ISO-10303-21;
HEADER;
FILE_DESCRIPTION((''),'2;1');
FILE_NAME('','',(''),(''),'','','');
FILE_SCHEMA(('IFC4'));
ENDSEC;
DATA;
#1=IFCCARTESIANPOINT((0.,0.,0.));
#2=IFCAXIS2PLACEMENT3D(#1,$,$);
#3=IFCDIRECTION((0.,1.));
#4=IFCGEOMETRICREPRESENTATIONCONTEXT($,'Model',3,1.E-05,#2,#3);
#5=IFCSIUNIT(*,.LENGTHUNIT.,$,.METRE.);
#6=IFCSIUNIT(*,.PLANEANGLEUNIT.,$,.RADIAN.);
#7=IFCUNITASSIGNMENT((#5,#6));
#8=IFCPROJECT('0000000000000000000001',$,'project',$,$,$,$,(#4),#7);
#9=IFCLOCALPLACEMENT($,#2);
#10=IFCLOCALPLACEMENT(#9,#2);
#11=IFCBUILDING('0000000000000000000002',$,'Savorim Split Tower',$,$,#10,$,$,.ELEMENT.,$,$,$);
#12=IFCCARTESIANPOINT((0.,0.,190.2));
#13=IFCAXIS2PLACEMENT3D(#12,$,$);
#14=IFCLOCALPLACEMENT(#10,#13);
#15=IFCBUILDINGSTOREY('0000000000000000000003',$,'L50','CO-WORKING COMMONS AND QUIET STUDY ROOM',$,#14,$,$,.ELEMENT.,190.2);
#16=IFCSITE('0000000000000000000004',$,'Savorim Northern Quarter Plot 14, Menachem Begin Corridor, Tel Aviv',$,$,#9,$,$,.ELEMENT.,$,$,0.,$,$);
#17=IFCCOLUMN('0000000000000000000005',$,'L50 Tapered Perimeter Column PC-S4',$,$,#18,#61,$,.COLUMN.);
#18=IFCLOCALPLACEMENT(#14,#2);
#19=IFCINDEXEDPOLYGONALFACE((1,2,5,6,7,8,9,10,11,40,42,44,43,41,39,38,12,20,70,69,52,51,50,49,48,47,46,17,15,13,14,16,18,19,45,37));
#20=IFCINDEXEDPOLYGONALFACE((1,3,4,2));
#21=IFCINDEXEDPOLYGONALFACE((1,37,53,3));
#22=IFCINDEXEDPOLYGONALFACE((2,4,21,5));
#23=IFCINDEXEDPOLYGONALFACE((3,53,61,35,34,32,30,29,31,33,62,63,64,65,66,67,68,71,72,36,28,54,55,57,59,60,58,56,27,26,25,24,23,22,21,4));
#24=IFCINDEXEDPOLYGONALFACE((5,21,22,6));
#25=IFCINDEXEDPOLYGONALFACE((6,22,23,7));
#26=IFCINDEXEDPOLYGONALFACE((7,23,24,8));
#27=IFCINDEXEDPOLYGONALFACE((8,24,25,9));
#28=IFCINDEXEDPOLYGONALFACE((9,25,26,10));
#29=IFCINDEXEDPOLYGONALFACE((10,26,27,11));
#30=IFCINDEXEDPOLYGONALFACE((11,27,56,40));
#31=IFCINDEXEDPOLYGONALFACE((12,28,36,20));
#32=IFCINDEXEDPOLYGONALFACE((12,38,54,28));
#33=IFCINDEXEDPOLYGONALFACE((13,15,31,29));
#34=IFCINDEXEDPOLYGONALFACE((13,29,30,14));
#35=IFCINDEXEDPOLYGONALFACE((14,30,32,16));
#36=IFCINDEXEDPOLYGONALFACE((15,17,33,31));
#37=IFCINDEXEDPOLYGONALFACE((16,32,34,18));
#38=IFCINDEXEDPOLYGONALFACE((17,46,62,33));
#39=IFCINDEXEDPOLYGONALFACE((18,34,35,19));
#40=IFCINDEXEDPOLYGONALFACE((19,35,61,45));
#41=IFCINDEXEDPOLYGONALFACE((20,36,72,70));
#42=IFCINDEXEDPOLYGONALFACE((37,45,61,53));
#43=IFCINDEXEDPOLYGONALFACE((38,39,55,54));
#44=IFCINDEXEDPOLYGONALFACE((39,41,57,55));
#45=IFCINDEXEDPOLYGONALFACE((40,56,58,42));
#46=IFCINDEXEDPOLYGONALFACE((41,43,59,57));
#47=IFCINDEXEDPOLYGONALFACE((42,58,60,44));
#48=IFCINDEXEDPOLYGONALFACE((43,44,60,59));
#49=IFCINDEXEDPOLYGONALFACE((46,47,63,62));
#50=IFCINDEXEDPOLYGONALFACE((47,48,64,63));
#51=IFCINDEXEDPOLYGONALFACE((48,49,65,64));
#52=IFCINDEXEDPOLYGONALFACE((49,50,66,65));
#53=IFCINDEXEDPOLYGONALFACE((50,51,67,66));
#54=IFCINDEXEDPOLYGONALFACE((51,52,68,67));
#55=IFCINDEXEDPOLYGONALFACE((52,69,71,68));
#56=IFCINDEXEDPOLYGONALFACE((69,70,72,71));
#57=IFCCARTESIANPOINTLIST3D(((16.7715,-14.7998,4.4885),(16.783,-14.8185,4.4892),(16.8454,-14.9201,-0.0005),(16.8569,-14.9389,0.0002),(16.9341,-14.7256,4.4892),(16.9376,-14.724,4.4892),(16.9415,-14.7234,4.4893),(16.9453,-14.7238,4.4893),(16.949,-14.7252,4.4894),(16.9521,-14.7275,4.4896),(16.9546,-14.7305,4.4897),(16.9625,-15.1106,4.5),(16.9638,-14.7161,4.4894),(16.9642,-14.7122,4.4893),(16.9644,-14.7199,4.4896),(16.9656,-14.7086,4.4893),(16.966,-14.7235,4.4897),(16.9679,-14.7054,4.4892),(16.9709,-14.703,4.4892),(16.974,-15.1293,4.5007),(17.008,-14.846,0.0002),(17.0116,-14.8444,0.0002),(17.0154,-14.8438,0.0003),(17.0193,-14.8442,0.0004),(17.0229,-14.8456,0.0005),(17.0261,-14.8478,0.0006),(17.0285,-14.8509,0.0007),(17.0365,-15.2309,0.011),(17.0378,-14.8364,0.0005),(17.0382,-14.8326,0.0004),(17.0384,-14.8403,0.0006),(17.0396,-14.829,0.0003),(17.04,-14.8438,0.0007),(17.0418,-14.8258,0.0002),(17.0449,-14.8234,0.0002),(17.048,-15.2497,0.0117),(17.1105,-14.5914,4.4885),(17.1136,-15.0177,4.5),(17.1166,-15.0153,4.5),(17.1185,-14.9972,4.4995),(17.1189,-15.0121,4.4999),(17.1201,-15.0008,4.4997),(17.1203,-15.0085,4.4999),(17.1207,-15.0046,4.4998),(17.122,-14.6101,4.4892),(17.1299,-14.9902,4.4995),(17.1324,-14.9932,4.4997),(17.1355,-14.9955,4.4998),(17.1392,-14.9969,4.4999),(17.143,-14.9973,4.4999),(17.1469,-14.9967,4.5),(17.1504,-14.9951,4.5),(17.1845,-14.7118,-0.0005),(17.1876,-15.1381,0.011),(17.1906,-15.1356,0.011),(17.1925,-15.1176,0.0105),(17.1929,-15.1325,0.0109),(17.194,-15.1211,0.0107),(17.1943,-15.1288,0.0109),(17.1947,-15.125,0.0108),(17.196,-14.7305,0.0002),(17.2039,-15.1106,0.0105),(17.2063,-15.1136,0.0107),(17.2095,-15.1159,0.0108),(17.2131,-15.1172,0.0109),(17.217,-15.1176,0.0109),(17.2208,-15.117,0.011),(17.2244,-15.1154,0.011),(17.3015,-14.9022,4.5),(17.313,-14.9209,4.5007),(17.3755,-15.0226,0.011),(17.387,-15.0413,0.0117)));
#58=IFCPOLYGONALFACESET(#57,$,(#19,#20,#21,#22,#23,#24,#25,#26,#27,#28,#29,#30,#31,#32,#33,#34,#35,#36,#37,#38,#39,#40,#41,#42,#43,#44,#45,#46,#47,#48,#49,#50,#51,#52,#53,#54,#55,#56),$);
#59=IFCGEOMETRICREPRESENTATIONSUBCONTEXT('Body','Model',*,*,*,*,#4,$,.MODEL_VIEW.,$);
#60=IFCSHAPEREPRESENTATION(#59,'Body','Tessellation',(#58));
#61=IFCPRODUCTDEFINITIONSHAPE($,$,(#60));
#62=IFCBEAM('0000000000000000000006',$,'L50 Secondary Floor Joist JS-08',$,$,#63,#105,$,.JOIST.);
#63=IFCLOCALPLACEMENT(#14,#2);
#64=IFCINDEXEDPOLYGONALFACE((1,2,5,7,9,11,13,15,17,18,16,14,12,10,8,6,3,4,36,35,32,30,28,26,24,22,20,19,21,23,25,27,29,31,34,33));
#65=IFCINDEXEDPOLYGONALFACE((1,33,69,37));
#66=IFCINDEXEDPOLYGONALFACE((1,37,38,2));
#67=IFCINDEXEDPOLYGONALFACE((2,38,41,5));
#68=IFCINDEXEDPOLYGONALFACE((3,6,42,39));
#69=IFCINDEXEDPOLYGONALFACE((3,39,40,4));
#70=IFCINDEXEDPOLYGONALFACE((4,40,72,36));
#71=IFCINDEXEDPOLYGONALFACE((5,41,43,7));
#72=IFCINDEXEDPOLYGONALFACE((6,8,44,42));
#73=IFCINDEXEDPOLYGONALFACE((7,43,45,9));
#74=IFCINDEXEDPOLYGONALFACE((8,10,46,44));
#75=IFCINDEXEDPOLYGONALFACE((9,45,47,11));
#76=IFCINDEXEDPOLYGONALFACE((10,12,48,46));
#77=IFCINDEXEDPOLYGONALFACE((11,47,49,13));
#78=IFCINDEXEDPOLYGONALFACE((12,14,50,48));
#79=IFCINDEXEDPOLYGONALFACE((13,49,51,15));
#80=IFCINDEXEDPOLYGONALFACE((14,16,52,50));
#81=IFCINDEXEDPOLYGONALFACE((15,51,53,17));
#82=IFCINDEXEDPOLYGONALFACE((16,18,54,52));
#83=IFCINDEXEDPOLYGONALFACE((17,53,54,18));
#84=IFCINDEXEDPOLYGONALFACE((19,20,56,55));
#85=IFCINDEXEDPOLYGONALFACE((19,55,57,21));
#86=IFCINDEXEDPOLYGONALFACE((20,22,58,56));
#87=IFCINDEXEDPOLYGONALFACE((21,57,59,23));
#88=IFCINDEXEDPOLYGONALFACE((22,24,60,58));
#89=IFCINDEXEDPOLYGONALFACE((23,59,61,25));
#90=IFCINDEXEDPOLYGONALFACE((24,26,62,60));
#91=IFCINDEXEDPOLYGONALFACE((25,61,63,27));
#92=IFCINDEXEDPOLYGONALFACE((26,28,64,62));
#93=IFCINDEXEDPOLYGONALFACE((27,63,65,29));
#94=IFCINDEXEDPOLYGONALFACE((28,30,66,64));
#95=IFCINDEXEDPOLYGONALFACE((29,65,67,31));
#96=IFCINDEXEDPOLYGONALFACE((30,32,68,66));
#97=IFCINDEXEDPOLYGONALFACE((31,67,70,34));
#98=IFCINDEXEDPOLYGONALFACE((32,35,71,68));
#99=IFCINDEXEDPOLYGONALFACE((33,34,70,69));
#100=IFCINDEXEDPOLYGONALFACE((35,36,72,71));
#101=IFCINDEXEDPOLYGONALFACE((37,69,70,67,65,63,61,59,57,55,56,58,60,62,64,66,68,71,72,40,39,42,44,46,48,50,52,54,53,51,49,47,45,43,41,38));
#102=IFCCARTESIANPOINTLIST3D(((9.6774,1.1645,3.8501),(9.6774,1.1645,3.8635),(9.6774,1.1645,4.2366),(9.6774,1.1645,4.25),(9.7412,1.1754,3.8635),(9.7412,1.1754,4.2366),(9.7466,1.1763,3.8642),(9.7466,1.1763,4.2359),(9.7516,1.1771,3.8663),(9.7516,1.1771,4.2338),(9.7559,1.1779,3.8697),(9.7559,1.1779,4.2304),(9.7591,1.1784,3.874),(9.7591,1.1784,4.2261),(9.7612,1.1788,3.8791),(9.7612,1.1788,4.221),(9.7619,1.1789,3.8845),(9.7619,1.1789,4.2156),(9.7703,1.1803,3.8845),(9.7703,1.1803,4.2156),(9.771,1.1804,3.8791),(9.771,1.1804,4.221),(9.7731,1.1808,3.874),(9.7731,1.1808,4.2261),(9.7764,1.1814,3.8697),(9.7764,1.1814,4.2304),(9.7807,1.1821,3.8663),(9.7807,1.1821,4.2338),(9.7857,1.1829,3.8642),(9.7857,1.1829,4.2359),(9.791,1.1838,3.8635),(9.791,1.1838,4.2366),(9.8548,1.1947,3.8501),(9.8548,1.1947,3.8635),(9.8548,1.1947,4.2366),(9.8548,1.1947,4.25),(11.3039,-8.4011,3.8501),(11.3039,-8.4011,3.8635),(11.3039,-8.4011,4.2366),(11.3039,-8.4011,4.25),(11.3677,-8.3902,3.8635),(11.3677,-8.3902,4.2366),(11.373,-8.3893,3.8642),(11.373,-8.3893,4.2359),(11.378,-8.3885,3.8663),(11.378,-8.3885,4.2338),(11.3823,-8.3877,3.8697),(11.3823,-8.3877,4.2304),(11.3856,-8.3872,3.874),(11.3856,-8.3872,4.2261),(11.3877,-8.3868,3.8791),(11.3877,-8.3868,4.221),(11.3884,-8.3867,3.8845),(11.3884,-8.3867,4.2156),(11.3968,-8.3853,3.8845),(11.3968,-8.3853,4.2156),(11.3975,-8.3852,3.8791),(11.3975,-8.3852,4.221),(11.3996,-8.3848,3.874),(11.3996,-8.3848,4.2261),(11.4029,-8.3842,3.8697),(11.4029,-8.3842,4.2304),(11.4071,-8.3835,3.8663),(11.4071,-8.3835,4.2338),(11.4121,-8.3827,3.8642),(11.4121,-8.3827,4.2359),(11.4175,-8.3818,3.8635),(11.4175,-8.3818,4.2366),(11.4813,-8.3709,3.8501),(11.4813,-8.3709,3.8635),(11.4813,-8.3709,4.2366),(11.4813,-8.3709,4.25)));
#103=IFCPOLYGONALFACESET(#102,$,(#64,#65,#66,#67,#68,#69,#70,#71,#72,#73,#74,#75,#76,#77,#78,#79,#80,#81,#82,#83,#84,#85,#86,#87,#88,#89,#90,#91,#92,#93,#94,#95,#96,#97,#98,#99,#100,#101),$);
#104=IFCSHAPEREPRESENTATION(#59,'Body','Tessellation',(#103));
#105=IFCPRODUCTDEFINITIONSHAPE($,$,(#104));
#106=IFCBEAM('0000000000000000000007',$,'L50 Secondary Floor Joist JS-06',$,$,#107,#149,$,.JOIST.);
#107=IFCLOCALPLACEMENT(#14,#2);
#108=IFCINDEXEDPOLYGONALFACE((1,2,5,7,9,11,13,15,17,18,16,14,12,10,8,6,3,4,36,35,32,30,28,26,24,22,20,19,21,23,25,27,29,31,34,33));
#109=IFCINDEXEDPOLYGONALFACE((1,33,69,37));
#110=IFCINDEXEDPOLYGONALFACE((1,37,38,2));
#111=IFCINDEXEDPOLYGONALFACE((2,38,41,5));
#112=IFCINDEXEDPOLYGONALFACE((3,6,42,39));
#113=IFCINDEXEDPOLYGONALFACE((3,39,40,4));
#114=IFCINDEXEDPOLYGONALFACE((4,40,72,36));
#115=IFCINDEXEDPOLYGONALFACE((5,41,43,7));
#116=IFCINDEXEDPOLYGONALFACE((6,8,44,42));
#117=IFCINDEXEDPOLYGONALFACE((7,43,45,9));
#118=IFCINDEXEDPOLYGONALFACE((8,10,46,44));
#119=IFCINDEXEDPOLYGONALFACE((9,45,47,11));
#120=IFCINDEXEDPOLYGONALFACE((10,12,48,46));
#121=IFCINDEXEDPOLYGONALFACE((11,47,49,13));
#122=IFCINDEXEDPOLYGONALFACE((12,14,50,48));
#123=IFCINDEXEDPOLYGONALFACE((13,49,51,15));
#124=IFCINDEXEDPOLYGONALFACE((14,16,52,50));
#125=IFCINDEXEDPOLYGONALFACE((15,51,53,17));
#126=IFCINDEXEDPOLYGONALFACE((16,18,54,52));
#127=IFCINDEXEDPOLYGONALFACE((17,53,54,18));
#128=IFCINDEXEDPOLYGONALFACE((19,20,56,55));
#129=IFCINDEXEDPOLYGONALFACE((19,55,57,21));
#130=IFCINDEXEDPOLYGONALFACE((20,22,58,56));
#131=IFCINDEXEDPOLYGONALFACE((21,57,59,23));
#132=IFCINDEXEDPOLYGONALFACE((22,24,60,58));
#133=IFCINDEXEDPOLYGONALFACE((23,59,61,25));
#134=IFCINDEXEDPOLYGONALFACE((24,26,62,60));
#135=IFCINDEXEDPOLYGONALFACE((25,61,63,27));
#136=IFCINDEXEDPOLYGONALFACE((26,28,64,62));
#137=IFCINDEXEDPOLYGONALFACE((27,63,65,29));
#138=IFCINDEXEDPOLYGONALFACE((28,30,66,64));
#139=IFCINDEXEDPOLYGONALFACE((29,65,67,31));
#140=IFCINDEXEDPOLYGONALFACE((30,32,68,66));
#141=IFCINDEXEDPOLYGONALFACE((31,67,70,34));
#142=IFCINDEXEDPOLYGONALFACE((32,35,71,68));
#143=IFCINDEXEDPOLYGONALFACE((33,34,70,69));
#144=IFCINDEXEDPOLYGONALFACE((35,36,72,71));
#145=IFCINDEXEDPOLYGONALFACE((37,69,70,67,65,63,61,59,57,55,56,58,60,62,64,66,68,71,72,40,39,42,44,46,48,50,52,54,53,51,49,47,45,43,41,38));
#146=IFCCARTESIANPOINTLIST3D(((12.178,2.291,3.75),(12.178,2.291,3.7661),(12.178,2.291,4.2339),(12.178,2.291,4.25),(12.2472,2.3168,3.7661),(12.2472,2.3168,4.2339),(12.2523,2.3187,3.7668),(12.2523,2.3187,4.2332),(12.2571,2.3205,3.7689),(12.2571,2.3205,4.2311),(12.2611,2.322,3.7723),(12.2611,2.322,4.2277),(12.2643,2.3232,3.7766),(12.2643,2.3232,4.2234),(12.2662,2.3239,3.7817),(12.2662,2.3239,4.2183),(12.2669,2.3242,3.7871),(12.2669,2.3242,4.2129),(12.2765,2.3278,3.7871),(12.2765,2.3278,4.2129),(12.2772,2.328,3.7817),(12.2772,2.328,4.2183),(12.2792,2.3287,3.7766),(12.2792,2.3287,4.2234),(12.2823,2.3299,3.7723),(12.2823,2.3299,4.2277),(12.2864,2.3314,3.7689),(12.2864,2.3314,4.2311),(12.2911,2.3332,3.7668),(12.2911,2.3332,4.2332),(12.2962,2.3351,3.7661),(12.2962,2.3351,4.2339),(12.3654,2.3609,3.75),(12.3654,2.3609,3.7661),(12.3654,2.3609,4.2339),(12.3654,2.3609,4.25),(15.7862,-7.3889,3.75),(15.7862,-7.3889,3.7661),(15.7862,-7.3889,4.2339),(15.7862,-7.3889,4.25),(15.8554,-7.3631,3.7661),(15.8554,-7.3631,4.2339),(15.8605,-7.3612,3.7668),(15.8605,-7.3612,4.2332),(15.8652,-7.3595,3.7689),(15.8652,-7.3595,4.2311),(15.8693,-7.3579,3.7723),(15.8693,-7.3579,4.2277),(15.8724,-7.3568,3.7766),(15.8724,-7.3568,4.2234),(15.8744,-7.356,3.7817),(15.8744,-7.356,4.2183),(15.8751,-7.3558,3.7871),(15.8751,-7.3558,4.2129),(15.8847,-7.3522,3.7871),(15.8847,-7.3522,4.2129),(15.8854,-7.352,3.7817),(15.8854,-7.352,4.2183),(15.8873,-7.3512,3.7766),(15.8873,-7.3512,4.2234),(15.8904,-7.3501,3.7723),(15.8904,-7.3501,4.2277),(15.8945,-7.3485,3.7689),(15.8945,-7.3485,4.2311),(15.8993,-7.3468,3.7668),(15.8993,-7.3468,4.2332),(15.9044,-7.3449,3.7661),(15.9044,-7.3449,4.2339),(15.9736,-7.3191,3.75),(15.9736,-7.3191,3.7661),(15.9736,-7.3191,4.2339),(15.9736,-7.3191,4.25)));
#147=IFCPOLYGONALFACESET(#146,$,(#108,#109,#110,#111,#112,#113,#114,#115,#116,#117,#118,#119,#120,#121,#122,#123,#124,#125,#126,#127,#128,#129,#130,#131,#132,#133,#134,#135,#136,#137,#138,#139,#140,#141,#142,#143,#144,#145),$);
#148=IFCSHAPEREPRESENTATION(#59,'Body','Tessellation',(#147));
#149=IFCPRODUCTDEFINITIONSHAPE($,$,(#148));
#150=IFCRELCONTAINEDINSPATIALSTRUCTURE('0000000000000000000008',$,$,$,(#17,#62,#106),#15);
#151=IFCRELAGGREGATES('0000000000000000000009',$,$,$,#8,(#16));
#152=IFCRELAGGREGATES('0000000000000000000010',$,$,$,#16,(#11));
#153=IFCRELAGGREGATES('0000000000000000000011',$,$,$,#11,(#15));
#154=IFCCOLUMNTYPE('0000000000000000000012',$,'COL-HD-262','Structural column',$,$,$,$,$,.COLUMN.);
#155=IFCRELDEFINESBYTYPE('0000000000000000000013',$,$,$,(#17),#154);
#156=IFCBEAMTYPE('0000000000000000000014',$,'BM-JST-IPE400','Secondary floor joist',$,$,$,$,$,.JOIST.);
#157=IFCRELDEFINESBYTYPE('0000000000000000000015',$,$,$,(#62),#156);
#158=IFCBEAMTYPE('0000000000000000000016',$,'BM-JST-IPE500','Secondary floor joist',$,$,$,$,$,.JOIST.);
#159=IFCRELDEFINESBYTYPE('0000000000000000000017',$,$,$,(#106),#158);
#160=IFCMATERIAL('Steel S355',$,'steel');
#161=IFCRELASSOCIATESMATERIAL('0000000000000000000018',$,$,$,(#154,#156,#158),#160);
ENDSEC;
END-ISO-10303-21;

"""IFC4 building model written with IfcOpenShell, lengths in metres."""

from ifc_helpers import new_model, si_unit, direction, frame, origin, origin_2d, place, context, subcontext, project, spatial, i_section, extrude, material, material_profile, profile_set, type_object, element, save


model = new_model("IFC4")

# Units and contexts
model_context = context("Model", 3, precision=1e-05, world=origin(), true_north=direction((0.0, 1.0)))
body_context = subcontext(model_context, "Body", "Model", "MODEL_VIEW")
ifc_project = project(units=[si_unit("LENGTHUNIT", "METRE"), si_unit("PLANEANGLEUNIT", "RADIAN")], contexts=[model_context])

# Site, building, storey
site_placement = place(None, origin())
site = spatial("IfcSite", under=ifc_project, at=site_placement, Name="Savorim Northern Quarter Plot 14, Menachem Begin Corridor, Tel Aviv", CompositionType="ELEMENT", RefElevation=0.0)
building_placement = place(site_placement, origin())
building = spatial("IfcBuilding", under=site, at=building_placement, Name="Savorim Split Tower", CompositionType="ELEMENT")
storey_placement = place(building_placement, frame((0.0, 0.0, 190.2)))
storey = spatial("IfcBuildingStorey", under=building, at=storey_placement, Name="L50", Description="CO-WORKING COMMONS AND QUIET STUDY ROOM", CompositionType="ELEMENT", Elevation=190.2)

# Column
ifc_material_1 = material(Name="Steel S355", Category="steel")
ifc_material_profile_1 = material_profile(ifc_material_1, i_section(OverallWidth=0.3979, OverallDepth=0.387, WebThickness=0.0134, FlangeThickness=0.022, FilletRadius=0.0149, at=origin_2d()), Name="HD 400x262")
ifc_profile_set_1 = profile_set([ifc_material_profile_1], Name="Steel S355")
column_type = type_object("IfcColumnType", Name="COL-HD-262", Description="Structural column", PredefinedType="COLUMN", material=ifc_profile_set_1)
column_placement = place(storey_placement, frame((17.1162, -14.9807, 0.0056), z_axis=(-0.016471, 0.026799, 0.999505), x_axis=(-0.851955, -0.523615, 0.0)))
element("IfcColumn", 1, at=column_placement, inside=storey, type_object=column_type, Name="L50 Tapered Perimeter Column PC-S4", PredefinedType="COLUMN", context=body_context, shape_type="SweptSolid", body=[
    extrude(i_section(OverallWidth=0.3979, OverallDepth=0.387, WebThickness=0.0134, FlangeThickness=0.022, FilletRadius=0.0149, at=origin_2d()), origin(), (0.0, 0.0, 1.0), 4.4912),
])

# Beams
ifc_material_profile_2 = material_profile(ifc_material_1, i_section(OverallWidth=0.1799, OverallDepth=0.3999, WebThickness=0.0085, FlangeThickness=0.0134, FilletRadius=0.021, at=origin_2d()), Name="IPE 400")
ifc_profile_set_2 = profile_set([ifc_material_profile_2], Name="Steel S355")
beam_type_1 = type_object("IfcBeamType", Name="BM-JST-IPE400", Description="Secondary floor joist", PredefinedType="JOIST", material=ifc_profile_set_2)
beam_1_placement = place(storey_placement, frame((11.3926, -8.386, 4.05), z_axis=(-0.167626, 0.985851, 0.0), x_axis=(-0.985851, -0.167626, 0.0)))
element("IfcBeam", 2, at=beam_1_placement, inside=storey, type_object=beam_type_1, Name="L50 Secondary Floor Joist JS-08", PredefinedType="JOIST", context=body_context, shape_type="SweptSolid", body=[
    extrude(i_section(OverallWidth=0.1799, OverallDepth=0.3999, WebThickness=0.0085, FlangeThickness=0.0134, FilletRadius=0.021, at=origin_2d()), origin(), (0.0, 0.0, 1.0), 9.7029),
])
ifc_material_profile_3 = material_profile(ifc_material_1, i_section(OverallWidth=0.2, OverallDepth=0.5, WebThickness=0.0103, FlangeThickness=0.0161, FilletRadius=0.021, at=origin_2d()), Name="IPE 500")
ifc_profile_set_3 = profile_set([ifc_material_profile_3], Name="Steel S355")
beam_type_2 = type_object("IfcBeamType", Name="BM-JST-IPE500", Description="Secondary floor joist", PredefinedType="JOIST", material=ifc_profile_set_3)
beam_2_placement = place(storey_placement, frame((15.8799, -7.354, 4.0), z_axis=(-0.349271, 0.937022, 0.0), x_axis=(-0.937022, -0.349271, 0.0)))
element("IfcBeam", 3, at=beam_2_placement, inside=storey, type_object=beam_type_2, Name="L50 Secondary Floor Joist JS-06", PredefinedType="JOIST", context=body_context, shape_type="SweptSolid", body=[
    extrude(i_section(OverallWidth=0.2, OverallDepth=0.5, WebThickness=0.0103, FlangeThickness=0.0161, FilletRadius=0.021, at=origin_2d()), origin(), (0.0, 0.0, 1.0), 10.3306),
])

save(model, "model.ifc")
